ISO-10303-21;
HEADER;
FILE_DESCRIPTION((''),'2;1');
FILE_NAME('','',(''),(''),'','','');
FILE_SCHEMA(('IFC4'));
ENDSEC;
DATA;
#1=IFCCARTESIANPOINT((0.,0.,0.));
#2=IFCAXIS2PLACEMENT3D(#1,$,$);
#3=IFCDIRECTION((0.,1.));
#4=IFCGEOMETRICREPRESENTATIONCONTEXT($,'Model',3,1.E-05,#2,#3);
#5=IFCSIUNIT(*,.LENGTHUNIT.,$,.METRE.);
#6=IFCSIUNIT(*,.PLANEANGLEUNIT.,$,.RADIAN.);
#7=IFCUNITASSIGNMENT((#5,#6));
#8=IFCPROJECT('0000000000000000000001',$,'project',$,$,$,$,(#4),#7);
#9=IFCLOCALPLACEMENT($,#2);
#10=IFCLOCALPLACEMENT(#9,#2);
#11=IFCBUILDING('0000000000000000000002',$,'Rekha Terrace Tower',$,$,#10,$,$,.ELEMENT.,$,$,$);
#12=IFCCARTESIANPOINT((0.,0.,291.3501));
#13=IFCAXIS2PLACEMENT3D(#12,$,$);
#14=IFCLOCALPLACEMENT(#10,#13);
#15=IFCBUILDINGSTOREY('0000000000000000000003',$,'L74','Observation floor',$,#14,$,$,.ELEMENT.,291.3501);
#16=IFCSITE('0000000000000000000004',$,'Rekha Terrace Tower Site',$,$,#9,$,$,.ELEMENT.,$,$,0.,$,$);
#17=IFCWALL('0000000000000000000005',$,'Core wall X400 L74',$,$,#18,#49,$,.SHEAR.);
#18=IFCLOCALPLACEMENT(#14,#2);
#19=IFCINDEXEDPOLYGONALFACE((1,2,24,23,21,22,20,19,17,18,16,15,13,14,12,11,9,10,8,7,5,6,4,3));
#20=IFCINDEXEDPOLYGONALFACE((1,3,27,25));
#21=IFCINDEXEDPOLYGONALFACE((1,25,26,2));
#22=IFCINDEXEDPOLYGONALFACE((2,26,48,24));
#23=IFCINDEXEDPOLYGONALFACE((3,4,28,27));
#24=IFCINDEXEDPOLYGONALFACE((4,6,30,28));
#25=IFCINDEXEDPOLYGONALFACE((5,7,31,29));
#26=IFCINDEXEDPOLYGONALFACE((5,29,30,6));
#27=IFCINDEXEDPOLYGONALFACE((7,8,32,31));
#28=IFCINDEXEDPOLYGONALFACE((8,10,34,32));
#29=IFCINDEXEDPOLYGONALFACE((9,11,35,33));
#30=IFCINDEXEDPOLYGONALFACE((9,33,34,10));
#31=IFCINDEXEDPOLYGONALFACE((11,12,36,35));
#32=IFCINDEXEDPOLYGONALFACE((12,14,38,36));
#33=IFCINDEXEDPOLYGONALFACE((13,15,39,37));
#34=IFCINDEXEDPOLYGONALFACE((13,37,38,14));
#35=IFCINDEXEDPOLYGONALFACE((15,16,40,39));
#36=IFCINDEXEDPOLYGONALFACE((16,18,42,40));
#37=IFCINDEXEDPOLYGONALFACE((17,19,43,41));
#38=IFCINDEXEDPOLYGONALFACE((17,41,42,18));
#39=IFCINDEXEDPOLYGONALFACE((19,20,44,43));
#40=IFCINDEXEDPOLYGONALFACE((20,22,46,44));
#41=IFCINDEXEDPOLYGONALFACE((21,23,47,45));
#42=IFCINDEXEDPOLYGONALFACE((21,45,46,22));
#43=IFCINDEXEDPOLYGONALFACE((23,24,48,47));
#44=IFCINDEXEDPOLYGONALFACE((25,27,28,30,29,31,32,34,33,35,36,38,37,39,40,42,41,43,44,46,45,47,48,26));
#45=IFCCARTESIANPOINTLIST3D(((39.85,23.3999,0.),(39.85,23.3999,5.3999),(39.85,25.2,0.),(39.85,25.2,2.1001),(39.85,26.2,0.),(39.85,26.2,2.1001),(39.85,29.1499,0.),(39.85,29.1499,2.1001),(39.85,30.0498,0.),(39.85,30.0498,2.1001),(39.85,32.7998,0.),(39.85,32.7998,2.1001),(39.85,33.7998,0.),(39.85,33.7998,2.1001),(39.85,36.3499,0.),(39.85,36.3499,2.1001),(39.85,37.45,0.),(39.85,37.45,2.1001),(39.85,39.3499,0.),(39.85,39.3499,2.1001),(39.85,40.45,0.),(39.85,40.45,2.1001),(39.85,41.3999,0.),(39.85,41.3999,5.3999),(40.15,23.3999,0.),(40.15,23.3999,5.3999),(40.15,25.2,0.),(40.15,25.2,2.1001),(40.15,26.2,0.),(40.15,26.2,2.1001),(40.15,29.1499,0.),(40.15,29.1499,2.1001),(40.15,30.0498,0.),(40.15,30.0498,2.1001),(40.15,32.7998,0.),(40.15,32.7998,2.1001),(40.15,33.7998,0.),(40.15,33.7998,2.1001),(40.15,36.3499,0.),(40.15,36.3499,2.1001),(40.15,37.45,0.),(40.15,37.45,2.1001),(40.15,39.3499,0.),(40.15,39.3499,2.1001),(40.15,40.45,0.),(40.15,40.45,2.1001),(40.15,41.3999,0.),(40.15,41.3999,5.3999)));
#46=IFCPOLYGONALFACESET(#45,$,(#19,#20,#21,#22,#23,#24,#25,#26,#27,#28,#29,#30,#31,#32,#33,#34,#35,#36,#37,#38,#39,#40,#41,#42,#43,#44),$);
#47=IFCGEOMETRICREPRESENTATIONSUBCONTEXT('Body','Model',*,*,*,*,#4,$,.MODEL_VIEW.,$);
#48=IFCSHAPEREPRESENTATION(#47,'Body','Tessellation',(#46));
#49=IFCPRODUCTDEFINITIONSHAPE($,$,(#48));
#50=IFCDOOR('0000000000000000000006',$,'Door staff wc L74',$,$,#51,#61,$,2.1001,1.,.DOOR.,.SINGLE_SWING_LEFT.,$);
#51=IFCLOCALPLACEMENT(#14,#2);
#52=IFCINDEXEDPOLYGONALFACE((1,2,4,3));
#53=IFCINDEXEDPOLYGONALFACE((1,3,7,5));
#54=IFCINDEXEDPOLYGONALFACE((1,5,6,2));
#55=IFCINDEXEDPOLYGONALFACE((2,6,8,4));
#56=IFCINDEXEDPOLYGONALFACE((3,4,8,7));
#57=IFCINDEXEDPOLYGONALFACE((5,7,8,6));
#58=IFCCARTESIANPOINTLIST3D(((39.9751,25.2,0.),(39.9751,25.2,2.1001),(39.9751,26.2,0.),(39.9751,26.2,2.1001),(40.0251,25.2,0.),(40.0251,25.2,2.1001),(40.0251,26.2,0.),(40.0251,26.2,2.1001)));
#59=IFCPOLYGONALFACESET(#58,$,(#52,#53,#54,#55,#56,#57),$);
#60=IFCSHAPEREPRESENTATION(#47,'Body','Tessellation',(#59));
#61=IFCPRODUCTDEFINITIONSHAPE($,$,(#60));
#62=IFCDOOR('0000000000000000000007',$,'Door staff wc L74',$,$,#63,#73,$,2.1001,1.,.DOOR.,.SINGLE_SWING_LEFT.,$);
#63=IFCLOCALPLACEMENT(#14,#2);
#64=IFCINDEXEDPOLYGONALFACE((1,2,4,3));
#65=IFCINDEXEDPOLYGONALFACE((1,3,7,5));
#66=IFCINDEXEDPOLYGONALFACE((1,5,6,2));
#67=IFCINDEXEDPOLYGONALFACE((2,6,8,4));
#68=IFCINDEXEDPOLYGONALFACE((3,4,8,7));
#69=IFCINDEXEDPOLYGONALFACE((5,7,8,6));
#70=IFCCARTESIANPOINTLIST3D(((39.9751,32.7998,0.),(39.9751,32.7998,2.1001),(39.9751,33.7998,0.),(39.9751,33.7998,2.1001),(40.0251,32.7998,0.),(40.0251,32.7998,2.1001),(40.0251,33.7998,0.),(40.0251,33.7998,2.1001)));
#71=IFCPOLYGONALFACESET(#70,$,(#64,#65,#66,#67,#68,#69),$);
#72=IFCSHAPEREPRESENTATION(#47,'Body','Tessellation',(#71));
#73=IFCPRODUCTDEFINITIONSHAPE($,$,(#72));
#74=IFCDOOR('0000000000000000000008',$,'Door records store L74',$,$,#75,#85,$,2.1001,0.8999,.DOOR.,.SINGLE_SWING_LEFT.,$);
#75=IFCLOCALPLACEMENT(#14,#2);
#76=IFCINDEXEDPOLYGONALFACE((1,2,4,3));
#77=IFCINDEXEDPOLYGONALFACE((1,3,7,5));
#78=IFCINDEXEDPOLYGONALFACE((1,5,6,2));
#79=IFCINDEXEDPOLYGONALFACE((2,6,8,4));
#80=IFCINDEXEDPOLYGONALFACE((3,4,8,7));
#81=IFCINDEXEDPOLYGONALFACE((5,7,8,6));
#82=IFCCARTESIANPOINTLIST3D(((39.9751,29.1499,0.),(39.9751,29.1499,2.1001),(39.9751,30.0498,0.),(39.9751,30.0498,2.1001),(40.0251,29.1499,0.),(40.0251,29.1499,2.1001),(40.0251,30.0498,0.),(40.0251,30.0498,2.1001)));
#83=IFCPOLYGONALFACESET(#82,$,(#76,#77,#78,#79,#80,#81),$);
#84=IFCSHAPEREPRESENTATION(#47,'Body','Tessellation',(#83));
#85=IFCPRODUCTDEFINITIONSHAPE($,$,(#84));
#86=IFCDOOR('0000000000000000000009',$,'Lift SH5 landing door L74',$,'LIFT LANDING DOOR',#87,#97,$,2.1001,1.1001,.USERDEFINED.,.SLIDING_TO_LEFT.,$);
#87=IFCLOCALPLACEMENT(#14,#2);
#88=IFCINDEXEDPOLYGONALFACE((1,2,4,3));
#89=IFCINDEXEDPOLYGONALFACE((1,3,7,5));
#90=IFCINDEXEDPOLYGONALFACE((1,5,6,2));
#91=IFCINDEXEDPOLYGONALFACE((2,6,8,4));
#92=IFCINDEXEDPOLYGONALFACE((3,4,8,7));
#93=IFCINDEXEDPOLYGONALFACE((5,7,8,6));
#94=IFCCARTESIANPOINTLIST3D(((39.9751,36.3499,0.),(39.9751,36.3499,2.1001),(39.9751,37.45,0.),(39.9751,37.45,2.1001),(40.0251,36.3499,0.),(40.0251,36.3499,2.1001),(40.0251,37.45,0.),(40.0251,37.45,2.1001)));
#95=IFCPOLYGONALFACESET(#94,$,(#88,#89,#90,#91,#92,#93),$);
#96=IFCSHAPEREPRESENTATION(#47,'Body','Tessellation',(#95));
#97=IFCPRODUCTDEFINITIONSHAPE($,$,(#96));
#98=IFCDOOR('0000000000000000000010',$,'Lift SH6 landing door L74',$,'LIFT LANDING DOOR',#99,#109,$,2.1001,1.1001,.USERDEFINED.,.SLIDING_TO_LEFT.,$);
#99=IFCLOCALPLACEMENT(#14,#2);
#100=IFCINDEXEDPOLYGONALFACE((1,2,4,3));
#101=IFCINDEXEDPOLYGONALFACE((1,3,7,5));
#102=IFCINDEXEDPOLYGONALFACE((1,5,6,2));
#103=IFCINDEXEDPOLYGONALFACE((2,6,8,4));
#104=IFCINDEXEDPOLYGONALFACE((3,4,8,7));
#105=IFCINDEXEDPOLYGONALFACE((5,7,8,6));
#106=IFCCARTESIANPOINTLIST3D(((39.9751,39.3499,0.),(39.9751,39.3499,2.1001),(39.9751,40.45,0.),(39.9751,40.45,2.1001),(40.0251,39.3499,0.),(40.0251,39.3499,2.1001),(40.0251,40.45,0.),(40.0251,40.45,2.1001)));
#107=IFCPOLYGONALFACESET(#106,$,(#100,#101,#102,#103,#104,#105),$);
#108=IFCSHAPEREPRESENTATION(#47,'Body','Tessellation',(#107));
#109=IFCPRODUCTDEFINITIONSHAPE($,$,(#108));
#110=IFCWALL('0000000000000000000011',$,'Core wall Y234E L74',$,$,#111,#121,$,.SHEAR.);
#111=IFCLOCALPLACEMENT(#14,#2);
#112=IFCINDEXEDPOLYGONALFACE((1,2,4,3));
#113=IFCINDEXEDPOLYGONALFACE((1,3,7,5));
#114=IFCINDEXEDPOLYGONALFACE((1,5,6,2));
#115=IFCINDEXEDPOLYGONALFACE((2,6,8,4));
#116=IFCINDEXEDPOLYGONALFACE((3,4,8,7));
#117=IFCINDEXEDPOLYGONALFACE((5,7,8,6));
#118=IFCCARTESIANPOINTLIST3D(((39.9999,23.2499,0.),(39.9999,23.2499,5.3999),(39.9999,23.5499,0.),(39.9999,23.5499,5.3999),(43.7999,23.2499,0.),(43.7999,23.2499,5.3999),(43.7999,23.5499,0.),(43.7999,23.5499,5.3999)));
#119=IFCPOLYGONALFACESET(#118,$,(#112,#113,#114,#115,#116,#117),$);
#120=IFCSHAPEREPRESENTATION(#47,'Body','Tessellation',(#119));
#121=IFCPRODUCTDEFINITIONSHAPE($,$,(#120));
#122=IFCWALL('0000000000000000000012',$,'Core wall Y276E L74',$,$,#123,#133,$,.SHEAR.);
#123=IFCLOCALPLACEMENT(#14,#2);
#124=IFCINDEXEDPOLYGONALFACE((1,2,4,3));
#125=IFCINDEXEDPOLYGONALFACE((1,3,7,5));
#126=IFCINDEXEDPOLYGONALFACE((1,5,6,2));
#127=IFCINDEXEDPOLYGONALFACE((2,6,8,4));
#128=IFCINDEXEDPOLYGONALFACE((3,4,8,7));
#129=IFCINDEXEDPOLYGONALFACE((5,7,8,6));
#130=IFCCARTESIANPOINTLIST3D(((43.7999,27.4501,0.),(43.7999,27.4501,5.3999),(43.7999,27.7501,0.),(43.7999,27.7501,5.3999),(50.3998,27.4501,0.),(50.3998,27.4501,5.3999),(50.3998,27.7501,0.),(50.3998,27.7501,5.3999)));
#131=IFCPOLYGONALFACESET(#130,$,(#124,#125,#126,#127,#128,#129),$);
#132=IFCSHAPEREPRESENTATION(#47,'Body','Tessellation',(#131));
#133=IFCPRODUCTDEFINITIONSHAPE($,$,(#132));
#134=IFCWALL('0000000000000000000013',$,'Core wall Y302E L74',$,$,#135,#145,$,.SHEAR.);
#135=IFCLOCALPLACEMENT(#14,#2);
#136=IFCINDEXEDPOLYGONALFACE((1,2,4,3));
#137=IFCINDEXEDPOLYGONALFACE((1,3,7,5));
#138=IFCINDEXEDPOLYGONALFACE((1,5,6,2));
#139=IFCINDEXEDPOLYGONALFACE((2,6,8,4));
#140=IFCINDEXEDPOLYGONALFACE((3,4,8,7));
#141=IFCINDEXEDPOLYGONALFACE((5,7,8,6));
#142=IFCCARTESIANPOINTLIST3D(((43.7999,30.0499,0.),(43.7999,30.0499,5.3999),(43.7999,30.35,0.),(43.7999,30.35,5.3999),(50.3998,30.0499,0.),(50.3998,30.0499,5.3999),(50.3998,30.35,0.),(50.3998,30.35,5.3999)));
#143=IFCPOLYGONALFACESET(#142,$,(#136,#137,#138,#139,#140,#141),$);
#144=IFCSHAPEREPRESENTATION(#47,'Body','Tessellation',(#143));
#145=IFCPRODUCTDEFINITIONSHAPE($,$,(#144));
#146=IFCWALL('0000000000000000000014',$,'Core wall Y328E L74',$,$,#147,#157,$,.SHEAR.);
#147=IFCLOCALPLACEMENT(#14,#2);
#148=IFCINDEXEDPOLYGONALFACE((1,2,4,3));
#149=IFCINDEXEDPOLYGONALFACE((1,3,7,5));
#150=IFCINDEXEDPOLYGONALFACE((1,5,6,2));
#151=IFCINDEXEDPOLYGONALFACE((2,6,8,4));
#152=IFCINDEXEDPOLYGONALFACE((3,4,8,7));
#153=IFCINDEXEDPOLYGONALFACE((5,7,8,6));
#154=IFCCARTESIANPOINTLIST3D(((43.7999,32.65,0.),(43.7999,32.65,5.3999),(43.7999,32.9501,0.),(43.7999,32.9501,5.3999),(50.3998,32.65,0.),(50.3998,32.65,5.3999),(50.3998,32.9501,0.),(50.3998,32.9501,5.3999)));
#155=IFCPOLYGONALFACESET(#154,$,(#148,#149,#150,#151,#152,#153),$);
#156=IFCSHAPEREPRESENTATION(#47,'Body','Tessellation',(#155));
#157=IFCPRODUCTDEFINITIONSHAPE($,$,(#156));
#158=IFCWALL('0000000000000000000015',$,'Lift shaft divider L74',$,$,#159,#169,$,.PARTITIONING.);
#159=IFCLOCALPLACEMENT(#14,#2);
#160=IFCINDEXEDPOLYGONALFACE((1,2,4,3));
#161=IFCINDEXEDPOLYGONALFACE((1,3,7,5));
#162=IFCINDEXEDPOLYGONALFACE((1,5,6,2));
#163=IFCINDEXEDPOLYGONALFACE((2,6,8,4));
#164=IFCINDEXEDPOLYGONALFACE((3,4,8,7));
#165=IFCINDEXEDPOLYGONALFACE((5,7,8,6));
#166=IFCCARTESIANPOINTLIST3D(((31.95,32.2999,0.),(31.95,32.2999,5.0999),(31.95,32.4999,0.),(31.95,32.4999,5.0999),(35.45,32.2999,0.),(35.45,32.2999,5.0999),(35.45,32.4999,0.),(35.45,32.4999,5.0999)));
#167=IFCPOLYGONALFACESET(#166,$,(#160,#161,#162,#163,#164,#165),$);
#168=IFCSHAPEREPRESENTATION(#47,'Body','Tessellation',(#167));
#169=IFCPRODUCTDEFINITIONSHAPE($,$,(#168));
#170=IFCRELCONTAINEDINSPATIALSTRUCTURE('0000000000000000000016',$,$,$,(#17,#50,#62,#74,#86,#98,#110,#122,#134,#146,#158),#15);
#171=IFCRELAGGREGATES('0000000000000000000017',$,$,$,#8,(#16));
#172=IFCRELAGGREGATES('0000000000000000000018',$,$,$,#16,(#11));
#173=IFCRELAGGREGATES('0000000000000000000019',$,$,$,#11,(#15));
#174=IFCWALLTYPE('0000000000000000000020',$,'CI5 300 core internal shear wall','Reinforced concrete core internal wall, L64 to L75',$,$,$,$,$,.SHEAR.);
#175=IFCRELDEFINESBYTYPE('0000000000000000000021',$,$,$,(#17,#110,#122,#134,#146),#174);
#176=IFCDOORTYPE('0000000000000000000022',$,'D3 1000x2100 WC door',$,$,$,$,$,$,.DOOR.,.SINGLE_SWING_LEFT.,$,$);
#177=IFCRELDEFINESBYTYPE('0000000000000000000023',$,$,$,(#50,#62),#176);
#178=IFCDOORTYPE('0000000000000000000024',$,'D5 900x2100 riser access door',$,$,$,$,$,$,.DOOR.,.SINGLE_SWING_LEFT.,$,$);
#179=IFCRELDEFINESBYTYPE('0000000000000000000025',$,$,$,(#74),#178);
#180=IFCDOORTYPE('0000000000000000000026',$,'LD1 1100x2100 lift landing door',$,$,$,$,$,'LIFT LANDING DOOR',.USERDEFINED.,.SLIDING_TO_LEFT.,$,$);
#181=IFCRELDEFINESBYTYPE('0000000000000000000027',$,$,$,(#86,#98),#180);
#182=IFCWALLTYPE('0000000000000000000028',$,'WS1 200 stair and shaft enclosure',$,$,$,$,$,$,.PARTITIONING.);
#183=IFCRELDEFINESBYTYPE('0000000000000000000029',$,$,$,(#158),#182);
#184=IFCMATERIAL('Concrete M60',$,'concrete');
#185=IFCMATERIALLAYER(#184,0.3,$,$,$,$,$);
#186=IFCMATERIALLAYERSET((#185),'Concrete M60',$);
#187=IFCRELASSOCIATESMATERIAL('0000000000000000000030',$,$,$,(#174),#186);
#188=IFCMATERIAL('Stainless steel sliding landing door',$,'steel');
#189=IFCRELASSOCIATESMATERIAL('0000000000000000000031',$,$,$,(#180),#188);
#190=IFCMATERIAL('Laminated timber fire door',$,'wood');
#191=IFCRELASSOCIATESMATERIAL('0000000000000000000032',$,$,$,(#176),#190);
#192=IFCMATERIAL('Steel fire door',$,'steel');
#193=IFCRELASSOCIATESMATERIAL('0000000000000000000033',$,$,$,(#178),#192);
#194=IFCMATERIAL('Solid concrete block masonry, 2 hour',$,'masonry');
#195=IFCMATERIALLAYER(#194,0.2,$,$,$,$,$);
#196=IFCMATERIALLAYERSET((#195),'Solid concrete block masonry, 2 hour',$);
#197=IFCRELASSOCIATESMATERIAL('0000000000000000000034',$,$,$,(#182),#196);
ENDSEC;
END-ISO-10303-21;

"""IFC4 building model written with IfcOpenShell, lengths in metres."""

from ifc_helpers import new_model, si_unit, direction, frame, frame_2d, origin, place, context, subcontext, project, spatial, rectangle, extrude, material, layer, layer_set, type_object, element, fill, save


model = new_model("IFC4")

# Units and contexts
model_context = context("Model", 3, precision=1e-05, world=origin(), true_north=direction((0.0, 1.0)))
body_context = subcontext(model_context, "Body", "Model", "MODEL_VIEW")
ifc_project = project(units=[si_unit("LENGTHUNIT", "METRE"), si_unit("PLANEANGLEUNIT", "RADIAN")], contexts=[model_context])

# Site, building, storey
site_placement = place(None, origin())
site = spatial("IfcSite", under=ifc_project, at=site_placement, Name="Rekha Terrace Tower Site", CompositionType="ELEMENT", RefElevation=0.0)
building_placement = place(site_placement, origin())
building = spatial("IfcBuilding", under=site, at=building_placement, Name="Rekha Terrace Tower", CompositionType="ELEMENT")
storey_placement = place(building_placement, frame((0.0, 0.0, 291.3501)))
storey = spatial("IfcBuildingStorey", under=building, at=storey_placement, Name="L74", Description="Observation floor", CompositionType="ELEMENT", Elevation=291.3501)

# Wall, openings, doors
ifc_material_1 = material(Name="Concrete M60", Category="concrete")
ifc_layer_1 = layer(ifc_material_1, 0.3)
ifc_layer_set_1 = layer_set([ifc_layer_1], Name="Concrete M60")
wall_type_1 = type_object("IfcWallType", Name="CI5 300 core internal shear wall", Description="Reinforced concrete core internal wall, L64 to L75", PredefinedType="SHEAR", material=ifc_layer_set_1)
ifc_material_2 = material(Name="Stainless steel sliding landing door", Category="steel")
door_type_1 = type_object("IfcDoorType", Name="LD1 1100x2100 lift landing door", ElementType="LIFT LANDING DOOR", OperationType="SLIDING_TO_LEFT", PredefinedType="USERDEFINED", material=ifc_material_2)
wall_1_placement = place(storey_placement, frame((40.0, 23.3999, 0.0), z_axis=(0.0, 0.0, 1.0), x_axis=(0.0, 1.0, 0.0)))
wall_1 = element("IfcWall", 1, at=wall_1_placement, inside=storey, type_object=wall_type_1, Name="Core wall X400 L74", PredefinedType="SHEAR", context=body_context, shape_type="SweptSolid", body=[
    extrude(rectangle(XDim=18.0, YDim=0.3, at=frame_2d((9.0, 0.0))), origin(), (0.0, 0.0, 1.0), 5.3999),
])
opening_1_placement = place(wall_1_placement, frame((1.8, 0.0, 0.0)))
opening_1 = element("IfcOpeningElement", 2, at=opening_1_placement, cuts=wall_1, PredefinedType="OPENING", context=body_context, shape_type="SweptSolid", body=[
    extrude(rectangle(XDim=1.0, YDim=2.1001, at=frame_2d((0.5, 1.05))), frame((0.0, 0.1599, 0.0), z_axis=(0.0, -1.0, 0.0), x_axis=(1.0, 0.0, 0.0)), (0.0, 0.0, 1.0), 0.3201),
])
opening_2_placement = place(wall_1_placement, frame((5.75, 0.0, 0.0)))
opening_2 = element("IfcOpeningElement", 3, at=opening_2_placement, cuts=wall_1, PredefinedType="OPENING", context=body_context, shape_type="SweptSolid", body=[
    extrude(rectangle(XDim=0.8999, YDim=2.1001, at=frame_2d((0.45, 1.05))), frame((0.0, 0.1599, 0.0), z_axis=(0.0, -1.0, 0.0), x_axis=(1.0, 0.0, 0.0)), (0.0, 0.0, 1.0), 0.3201),
])
opening_3_placement = place(wall_1_placement, frame((9.3999, 0.0, 0.0)))
opening_3 = element("IfcOpeningElement", 4, at=opening_3_placement, cuts=wall_1, PredefinedType="OPENING", context=body_context, shape_type="SweptSolid", body=[
    extrude(rectangle(XDim=1.0, YDim=2.1001, at=frame_2d((0.5, 1.05))), frame((0.0, 0.1599, 0.0), z_axis=(0.0, -1.0, 0.0), x_axis=(1.0, 0.0, 0.0)), (0.0, 0.0, 1.0), 0.3201),
])
opening_4_placement = place(wall_1_placement, frame((12.95, 0.0, 0.0)))
opening_4 = element("IfcOpeningElement", 5, at=opening_4_placement, cuts=wall_1, PredefinedType="OPENING", context=body_context, shape_type="SweptSolid", body=[
    extrude(rectangle(XDim=1.1001, YDim=2.1001, at=frame_2d((0.55, 1.05))), frame((0.0, 0.1599, 0.0), z_axis=(0.0, -1.0, 0.0), x_axis=(1.0, 0.0, 0.0)), (0.0, 0.0, 1.0), 0.3201),
])
opening_5_placement = place(wall_1_placement, frame((15.95, 0.0, 0.0)))
opening_5 = element("IfcOpeningElement", 6, at=opening_5_placement, cuts=wall_1, PredefinedType="OPENING", context=body_context, shape_type="SweptSolid", body=[
    extrude(rectangle(XDim=1.1001, YDim=2.1001, at=frame_2d((0.55, 1.05))), frame((0.0, 0.1599, 0.0), z_axis=(0.0, -1.0, 0.0), x_axis=(1.0, 0.0, 0.0)), (0.0, 0.0, 1.0), 0.3201),
])
ifc_material_3 = material(Name="Laminated timber fire door", Category="wood")
door_type_2 = type_object("IfcDoorType", Name="D3 1000x2100 WC door", OperationType="SINGLE_SWING_LEFT", PredefinedType="DOOR", material=ifc_material_3)
door_1_placement = place(opening_1_placement, origin())
door_1 = element("IfcDoor", 7, at=door_1_placement, inside=storey, type_object=door_type_2, Name="Door staff wc L74", OperationType="SINGLE_SWING_LEFT", OverallHeight=2.1001, OverallWidth=1.0, PredefinedType="DOOR", context=body_context, shape_type="SweptSolid", body=[
    extrude(rectangle(XDim=1.0, YDim=2.1001, at=frame_2d((0.5, 1.05))), frame((0.0, 0.0249, 0.0), z_axis=(0.0, -1.0, 0.0), x_axis=(1.0, 0.0, 0.0)), (0.0, 0.0, 1.0), 0.05),
])
fill(opening_1, door_1)
door_2_placement = place(opening_3_placement, origin())
door_2 = element("IfcDoor", 8, at=door_2_placement, inside=storey, type_object=door_type_2, Name="Door staff wc L74", OperationType="SINGLE_SWING_LEFT", OverallHeight=2.1001, OverallWidth=1.0, PredefinedType="DOOR", context=body_context, shape_type="SweptSolid", body=[
    extrude(rectangle(XDim=1.0, YDim=2.1001, at=frame_2d((0.5, 1.05))), frame((0.0, 0.0249, 0.0), z_axis=(0.0, -1.0, 0.0), x_axis=(1.0, 0.0, 0.0)), (0.0, 0.0, 1.0), 0.05),
])
fill(opening_3, door_2)
ifc_material_4 = material(Name="Steel fire door", Category="steel")
door_type_3 = type_object("IfcDoorType", Name="D5 900x2100 riser access door", OperationType="SINGLE_SWING_LEFT", PredefinedType="DOOR", material=ifc_material_4)
door_3_placement = place(opening_2_placement, origin())
door_3 = element("IfcDoor", 9, at=door_3_placement, inside=storey, type_object=door_type_3, Name="Door records store L74", OperationType="SINGLE_SWING_LEFT", OverallHeight=2.1001, OverallWidth=0.8999, PredefinedType="DOOR", context=body_context, shape_type="SweptSolid", body=[
    extrude(rectangle(XDim=0.8999, YDim=2.1001, at=frame_2d((0.45, 1.05))), frame((0.0, 0.0249, 0.0), z_axis=(0.0, -1.0, 0.0), x_axis=(1.0, 0.0, 0.0)), (0.0, 0.0, 1.0), 0.05),
])
fill(opening_2, door_3)
door_4_placement = place(opening_4_placement, origin())
door_4 = element("IfcDoor", 10, at=door_4_placement, inside=storey, type_object=door_type_1, Name="Lift SH5 landing door L74", ObjectType="LIFT LANDING DOOR", OperationType="SLIDING_TO_LEFT", OverallHeight=2.1001, OverallWidth=1.1001, PredefinedType="USERDEFINED", context=body_context, shape_type="SweptSolid", body=[
    extrude(rectangle(XDim=1.1001, YDim=2.1001, at=frame_2d((0.55, 1.05))), frame((0.0, 0.0249, 0.0), z_axis=(0.0, -1.0, 0.0), x_axis=(1.0, 0.0, 0.0)), (0.0, 0.0, 1.0), 0.05),
])
fill(opening_4, door_4)
door_5_placement = place(opening_5_placement, origin())
door_5 = element("IfcDoor", 11, at=door_5_placement, inside=storey, type_object=door_type_1, Name="Lift SH6 landing door L74", ObjectType="LIFT LANDING DOOR", OperationType="SLIDING_TO_LEFT", OverallHeight=2.1001, OverallWidth=1.1001, PredefinedType="USERDEFINED", context=body_context, shape_type="SweptSolid", body=[
    extrude(rectangle(XDim=1.1001, YDim=2.1001, at=frame_2d((0.55, 1.05))), frame((0.0, 0.0249, 0.0), z_axis=(0.0, -1.0, 0.0), x_axis=(1.0, 0.0, 0.0)), (0.0, 0.0, 1.0), 0.05),
])
fill(opening_5, door_5)

# Walls
wall_2_placement = place(storey_placement, frame((40.0, 23.3999, 0.0), z_axis=(0.0, 0.0, 1.0), x_axis=(1.0, 0.0, 0.0)))
element("IfcWall", 12, at=wall_2_placement, inside=storey, type_object=wall_type_1, Name="Core wall Y234E L74", PredefinedType="SHEAR", context=body_context, shape_type="SweptSolid", body=[
    extrude(rectangle(XDim=3.8, YDim=0.3, at=frame_2d((1.8999, 0.0))), origin(), (0.0, 0.0, 1.0), 5.3999),
])
for number, where, z_axis, x_axis, name in (
    (13, (43.8, 27.6001, 0.0), (0.0, 0.0, 1.0), (1.0, 0.0, 0.0), "Core wall Y276E L74"),
    (14, (43.8, 30.2, 0.0), (0.0, 0.0, 1.0), (1.0, 0.0, 0.0), "Core wall Y302E L74"),
    (15, (43.8, 32.8, 0.0), (0.0, 0.0, 1.0), (1.0, 0.0, 0.0), "Core wall Y328E L74"),
):
    element("IfcWall", number, at=place(storey_placement, frame(where, z_axis=z_axis, x_axis=x_axis)), inside=storey, type_object=wall_type_1, Name=name, PredefinedType="SHEAR", context=body_context, shape_type="SweptSolid", body=[
        extrude(rectangle(XDim=6.5999, YDim=0.3, at=frame_2d((3.2998, 0.0))), origin(), (0.0, 0.0, 1.0), 5.3999),
    ])
ifc_material_5 = material(Name="Solid concrete block masonry, 2 hour", Category="masonry")
ifc_layer_2 = layer(ifc_material_5, 0.2)
ifc_layer_set_2 = layer_set([ifc_layer_2], Name="Solid concrete block masonry, 2 hour")
wall_type_2 = type_object("IfcWallType", Name="WS1 200 stair and shaft enclosure", PredefinedType="PARTITIONING", material=ifc_layer_set_2)
wall_3_placement = place(storey_placement, frame((31.95, 32.3999, 0.0), z_axis=(0.0, 0.0, 1.0), x_axis=(1.0, 0.0, 0.0)))
element("IfcWall", 16, at=wall_3_placement, inside=storey, type_object=wall_type_2, Name="Lift shaft divider L74", PredefinedType="PARTITIONING", context=body_context, shape_type="SweptSolid", body=[
    extrude(rectangle(XDim=3.5, YDim=0.2, at=frame_2d((1.75, 0.0))), origin(), (0.0, 0.0, 1.0), 5.0999),
])

save(model, "model.ifc")
